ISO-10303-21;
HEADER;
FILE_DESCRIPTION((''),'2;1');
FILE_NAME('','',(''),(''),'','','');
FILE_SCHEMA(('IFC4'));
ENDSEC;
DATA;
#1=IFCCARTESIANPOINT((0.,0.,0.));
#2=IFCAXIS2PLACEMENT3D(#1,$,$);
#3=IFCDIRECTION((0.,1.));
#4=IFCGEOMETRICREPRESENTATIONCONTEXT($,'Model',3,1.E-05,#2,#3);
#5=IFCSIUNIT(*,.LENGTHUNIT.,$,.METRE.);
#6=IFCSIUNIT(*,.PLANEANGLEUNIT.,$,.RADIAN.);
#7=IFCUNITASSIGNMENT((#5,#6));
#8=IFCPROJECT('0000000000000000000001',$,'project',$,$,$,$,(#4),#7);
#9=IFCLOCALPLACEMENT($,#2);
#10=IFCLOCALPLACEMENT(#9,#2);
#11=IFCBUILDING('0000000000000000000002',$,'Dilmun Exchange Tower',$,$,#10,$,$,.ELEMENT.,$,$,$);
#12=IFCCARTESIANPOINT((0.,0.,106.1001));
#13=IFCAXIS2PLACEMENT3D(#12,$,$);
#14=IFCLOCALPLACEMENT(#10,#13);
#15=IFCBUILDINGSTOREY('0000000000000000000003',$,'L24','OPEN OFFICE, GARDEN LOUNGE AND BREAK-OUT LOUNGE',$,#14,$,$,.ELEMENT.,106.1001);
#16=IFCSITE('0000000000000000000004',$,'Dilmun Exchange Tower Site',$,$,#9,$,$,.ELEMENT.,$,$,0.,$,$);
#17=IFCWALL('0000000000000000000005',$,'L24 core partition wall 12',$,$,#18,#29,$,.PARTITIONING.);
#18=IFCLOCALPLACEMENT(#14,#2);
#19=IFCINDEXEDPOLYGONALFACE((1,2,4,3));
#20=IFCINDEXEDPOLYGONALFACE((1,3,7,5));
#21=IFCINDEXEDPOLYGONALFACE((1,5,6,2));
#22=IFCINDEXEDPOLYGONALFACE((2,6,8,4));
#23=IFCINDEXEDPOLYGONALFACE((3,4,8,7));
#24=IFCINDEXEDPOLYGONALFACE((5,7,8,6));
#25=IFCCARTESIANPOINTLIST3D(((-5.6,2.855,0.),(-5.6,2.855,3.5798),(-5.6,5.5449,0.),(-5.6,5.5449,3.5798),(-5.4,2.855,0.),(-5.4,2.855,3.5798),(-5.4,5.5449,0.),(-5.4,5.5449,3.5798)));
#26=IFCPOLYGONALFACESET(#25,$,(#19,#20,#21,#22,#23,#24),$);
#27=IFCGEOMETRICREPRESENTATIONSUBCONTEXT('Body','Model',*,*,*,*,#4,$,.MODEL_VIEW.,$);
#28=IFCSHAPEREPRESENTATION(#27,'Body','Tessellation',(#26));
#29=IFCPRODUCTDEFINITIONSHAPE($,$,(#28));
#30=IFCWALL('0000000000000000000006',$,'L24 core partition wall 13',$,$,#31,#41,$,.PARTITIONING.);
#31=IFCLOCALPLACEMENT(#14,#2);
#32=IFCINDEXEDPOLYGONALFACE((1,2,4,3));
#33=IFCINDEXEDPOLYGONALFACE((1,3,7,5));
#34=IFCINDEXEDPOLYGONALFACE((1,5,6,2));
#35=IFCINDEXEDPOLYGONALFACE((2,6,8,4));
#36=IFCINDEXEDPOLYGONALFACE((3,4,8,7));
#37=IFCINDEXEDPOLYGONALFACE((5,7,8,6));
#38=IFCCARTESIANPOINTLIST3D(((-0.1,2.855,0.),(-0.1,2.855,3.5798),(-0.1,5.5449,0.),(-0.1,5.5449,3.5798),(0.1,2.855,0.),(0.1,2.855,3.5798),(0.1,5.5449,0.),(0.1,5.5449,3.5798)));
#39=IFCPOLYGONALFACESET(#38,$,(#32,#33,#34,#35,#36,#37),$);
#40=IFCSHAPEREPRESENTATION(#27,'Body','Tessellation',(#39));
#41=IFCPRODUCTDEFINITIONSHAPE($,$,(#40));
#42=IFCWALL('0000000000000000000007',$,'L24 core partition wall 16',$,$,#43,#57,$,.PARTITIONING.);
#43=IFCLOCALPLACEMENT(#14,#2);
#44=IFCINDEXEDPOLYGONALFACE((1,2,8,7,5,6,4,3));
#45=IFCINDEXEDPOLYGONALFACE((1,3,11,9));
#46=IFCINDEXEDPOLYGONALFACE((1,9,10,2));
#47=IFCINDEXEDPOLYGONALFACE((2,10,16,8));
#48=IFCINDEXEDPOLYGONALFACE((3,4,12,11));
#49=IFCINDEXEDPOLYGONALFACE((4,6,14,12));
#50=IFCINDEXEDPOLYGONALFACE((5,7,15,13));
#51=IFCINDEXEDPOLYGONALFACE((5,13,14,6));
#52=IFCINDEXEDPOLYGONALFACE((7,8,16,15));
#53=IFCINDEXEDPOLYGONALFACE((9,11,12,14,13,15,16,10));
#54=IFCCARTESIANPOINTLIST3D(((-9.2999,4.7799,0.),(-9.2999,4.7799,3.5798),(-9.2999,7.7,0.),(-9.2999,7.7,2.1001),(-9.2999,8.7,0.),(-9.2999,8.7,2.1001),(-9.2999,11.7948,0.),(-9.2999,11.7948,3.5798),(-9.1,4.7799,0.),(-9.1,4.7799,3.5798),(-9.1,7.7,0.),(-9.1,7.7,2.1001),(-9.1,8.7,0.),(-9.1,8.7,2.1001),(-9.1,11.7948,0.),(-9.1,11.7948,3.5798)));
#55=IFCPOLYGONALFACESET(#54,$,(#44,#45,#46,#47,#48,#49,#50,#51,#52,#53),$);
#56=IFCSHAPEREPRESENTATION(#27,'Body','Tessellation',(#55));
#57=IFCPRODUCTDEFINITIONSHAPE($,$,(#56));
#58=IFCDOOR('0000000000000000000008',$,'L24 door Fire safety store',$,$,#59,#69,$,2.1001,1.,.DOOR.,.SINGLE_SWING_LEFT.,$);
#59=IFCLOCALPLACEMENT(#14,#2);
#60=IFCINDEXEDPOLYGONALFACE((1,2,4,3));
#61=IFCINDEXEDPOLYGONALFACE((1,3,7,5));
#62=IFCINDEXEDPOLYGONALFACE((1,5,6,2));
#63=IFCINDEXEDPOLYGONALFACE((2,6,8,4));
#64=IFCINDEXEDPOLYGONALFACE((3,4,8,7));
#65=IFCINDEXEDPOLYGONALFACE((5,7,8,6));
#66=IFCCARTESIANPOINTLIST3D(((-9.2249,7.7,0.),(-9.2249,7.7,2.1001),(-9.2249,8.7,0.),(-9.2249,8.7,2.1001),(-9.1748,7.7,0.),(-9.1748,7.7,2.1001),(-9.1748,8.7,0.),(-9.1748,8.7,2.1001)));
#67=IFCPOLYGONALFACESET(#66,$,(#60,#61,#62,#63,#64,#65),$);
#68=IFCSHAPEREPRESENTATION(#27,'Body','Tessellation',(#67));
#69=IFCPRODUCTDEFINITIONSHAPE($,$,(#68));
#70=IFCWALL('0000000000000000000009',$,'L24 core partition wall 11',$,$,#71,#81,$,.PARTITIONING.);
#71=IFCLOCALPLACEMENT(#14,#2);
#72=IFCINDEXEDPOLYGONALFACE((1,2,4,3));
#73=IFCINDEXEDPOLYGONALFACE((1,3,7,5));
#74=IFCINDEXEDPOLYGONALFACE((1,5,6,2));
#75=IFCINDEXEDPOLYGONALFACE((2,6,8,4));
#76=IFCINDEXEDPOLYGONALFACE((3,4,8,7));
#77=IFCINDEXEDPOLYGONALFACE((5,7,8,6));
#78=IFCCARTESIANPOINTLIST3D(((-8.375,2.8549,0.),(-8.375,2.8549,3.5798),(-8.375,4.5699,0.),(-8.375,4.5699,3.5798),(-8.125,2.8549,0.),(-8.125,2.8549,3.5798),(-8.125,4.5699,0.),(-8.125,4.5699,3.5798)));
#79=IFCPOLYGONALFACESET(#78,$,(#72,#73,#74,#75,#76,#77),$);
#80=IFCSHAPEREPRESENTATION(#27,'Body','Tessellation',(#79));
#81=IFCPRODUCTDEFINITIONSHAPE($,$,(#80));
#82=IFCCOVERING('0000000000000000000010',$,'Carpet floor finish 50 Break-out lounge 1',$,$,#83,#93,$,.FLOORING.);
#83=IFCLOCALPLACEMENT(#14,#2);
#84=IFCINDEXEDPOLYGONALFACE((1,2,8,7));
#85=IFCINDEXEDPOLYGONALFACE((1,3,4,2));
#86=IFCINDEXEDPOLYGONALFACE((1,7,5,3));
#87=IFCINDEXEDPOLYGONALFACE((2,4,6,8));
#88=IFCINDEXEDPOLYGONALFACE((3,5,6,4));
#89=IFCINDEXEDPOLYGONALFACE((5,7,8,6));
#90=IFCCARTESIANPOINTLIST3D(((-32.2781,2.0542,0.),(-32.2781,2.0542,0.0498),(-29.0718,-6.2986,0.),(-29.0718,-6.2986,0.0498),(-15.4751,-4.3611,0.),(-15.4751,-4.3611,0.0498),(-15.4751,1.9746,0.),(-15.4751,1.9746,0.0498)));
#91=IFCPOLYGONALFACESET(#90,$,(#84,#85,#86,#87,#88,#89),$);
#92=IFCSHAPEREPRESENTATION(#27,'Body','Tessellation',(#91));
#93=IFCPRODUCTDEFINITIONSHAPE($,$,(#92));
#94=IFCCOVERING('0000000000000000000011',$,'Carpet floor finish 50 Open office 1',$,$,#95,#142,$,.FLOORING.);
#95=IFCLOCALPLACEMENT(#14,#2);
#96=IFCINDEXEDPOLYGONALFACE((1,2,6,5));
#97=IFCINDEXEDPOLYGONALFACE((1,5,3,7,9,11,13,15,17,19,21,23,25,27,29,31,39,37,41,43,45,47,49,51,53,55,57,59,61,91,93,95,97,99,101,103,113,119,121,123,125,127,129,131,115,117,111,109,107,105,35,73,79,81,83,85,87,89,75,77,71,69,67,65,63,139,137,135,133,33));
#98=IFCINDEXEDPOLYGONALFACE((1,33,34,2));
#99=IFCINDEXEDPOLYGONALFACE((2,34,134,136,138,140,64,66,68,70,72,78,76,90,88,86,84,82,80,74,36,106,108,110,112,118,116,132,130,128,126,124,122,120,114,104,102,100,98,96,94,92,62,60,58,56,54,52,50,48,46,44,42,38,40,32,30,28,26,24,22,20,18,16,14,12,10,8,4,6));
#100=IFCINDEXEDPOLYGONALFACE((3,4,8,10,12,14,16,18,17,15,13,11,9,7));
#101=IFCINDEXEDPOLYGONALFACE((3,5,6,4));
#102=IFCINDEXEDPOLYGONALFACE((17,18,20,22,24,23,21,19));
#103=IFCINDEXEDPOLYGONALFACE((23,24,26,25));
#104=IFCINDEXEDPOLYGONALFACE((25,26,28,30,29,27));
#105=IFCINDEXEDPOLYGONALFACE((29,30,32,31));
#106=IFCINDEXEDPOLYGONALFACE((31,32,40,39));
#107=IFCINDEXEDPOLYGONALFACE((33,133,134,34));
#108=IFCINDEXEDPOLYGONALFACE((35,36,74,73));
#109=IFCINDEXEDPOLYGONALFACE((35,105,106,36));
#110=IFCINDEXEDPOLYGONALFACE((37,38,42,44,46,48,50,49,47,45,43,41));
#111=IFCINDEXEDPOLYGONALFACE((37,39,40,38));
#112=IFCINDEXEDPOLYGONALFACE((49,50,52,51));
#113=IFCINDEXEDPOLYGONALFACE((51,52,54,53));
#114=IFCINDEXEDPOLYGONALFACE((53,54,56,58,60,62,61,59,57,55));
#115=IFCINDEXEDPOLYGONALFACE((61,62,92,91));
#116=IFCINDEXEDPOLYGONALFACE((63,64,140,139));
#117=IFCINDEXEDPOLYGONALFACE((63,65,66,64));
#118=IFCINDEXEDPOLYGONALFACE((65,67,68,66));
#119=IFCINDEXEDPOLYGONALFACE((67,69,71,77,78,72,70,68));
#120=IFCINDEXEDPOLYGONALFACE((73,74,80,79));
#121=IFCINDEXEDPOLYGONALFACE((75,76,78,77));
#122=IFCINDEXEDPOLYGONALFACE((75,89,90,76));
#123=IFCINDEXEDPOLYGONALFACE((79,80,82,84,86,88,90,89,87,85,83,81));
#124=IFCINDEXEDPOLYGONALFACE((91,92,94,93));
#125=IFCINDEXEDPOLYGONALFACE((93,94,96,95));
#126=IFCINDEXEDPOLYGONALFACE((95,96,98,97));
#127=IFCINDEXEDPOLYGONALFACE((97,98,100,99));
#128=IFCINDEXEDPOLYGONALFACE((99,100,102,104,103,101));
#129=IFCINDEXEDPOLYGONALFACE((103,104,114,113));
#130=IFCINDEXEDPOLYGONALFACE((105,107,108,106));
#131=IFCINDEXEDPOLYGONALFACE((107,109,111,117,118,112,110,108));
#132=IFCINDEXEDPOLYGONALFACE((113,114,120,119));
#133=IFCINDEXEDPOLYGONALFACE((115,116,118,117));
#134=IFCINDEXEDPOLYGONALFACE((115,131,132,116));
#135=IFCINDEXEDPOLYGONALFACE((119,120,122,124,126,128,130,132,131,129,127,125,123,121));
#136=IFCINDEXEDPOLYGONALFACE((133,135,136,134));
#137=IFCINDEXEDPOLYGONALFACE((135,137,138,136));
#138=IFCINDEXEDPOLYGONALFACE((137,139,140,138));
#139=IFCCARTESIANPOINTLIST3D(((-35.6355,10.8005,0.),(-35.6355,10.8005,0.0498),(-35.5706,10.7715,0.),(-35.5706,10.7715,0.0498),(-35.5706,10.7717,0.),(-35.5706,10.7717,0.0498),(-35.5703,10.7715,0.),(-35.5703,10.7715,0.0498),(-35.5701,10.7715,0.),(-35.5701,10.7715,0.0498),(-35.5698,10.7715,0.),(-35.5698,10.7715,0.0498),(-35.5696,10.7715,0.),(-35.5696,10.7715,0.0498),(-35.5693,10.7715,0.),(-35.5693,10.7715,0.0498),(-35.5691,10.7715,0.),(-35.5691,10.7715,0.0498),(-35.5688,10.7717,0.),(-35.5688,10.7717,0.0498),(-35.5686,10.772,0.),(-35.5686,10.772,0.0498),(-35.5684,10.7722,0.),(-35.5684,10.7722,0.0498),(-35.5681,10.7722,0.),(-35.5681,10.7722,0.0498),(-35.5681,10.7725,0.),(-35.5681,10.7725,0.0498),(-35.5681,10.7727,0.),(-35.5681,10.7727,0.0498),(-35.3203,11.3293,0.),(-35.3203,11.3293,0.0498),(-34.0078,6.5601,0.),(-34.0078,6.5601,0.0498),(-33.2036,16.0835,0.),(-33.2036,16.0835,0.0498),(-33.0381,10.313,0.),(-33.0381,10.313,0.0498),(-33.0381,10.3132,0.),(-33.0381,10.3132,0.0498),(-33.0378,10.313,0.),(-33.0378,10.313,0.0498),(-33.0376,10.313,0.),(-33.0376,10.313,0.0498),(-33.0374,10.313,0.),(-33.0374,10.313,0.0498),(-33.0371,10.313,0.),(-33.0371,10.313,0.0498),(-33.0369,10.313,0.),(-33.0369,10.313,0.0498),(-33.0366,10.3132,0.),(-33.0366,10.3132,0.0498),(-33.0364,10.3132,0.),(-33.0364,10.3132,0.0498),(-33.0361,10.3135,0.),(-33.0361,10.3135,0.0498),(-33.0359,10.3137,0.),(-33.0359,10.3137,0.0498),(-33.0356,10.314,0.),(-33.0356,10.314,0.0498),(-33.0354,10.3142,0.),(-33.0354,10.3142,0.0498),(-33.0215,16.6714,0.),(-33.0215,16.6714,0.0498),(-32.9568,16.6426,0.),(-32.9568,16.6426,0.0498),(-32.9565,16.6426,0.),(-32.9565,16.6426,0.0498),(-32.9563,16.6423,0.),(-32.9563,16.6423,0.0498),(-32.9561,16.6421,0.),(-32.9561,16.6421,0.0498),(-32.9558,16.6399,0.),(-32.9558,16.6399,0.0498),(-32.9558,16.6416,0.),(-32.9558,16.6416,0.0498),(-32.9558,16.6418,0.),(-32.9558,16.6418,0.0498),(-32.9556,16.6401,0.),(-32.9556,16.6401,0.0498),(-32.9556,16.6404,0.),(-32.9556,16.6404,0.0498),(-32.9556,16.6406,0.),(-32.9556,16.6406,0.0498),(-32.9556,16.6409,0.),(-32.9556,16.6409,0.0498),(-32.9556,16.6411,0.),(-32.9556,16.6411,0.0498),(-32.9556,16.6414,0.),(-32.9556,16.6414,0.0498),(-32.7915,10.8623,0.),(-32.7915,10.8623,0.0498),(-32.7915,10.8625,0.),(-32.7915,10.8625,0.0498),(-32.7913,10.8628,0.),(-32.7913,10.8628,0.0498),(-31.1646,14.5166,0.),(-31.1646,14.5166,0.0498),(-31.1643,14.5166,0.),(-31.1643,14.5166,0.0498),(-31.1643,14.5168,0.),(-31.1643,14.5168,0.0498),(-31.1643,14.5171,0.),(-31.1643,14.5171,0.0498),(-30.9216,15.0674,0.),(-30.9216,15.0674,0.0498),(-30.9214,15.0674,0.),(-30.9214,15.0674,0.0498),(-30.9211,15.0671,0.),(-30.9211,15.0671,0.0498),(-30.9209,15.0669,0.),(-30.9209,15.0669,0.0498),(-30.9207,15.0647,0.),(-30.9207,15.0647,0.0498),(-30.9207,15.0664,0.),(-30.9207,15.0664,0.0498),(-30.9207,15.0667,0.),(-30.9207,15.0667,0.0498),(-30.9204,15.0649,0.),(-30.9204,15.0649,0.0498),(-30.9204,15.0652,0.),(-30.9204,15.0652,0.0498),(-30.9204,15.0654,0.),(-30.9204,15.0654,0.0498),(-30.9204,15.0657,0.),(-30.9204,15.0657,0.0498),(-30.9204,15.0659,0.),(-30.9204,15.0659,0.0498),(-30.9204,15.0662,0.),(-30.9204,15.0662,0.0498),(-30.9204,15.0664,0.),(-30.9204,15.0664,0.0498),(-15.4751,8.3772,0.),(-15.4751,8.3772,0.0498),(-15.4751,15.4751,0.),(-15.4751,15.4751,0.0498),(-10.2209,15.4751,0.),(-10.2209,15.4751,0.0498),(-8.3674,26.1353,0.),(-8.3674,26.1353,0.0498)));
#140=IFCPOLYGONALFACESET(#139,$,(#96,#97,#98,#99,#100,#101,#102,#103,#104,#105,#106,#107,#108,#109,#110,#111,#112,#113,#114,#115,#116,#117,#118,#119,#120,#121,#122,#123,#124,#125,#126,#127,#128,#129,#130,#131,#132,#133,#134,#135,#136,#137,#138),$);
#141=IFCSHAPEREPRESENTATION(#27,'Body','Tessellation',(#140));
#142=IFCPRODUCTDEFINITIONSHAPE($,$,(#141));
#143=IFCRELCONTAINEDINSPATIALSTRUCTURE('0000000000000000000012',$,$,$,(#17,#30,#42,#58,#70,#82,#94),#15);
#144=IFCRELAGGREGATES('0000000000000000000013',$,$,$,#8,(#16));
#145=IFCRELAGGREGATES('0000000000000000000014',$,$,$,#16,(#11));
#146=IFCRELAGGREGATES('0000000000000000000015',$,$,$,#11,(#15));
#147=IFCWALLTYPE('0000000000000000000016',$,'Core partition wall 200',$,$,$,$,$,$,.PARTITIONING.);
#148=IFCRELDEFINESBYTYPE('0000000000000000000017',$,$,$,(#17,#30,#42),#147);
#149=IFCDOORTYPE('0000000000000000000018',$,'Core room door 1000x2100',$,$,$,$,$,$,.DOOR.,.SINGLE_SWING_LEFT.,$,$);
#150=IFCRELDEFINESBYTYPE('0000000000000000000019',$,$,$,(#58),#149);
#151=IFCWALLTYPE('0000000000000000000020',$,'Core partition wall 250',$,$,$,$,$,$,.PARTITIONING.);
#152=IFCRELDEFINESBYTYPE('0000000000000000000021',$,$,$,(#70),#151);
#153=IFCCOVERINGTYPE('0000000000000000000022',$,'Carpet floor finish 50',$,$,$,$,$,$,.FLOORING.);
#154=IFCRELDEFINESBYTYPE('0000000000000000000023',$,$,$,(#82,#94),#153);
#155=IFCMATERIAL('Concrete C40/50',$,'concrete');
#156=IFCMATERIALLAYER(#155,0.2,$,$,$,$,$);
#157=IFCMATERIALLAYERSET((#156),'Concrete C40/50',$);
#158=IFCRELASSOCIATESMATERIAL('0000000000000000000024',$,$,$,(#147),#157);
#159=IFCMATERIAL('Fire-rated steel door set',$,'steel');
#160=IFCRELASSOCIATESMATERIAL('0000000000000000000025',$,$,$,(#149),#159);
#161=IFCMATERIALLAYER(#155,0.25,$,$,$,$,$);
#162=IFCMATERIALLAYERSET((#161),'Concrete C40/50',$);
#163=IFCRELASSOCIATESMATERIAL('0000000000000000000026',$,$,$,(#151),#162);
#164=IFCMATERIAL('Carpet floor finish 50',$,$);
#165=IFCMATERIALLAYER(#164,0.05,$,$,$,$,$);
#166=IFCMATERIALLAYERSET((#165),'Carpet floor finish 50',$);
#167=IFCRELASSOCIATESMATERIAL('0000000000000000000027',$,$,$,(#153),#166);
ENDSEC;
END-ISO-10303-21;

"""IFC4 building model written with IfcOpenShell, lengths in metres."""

from ifc_helpers import new_model, si_unit, direction, frame, frame_2d, origin, place, context, subcontext, project, spatial, polyline, rectangle, outline, extrude, material, layer, layer_set, type_object, element, fill, save


model = new_model("IFC4")

# Units and contexts
model_context = context("Model", 3, precision=1e-05, world=origin(), true_north=direction((0.0, 1.0)))
body_context = subcontext(model_context, "Body", "Model", "MODEL_VIEW")
ifc_project = project(units=[si_unit("LENGTHUNIT", "METRE"), si_unit("PLANEANGLEUNIT", "RADIAN")], contexts=[model_context])

# Site, building, storey
site_placement = place(None, origin())
site = spatial("IfcSite", under=ifc_project, at=site_placement, Name="Dilmun Exchange Tower Site", CompositionType="ELEMENT", RefElevation=0.0)
building_placement = place(site_placement, origin())
building = spatial("IfcBuilding", under=site, at=building_placement, Name="Dilmun Exchange Tower", CompositionType="ELEMENT")
storey_placement = place(building_placement, frame((0.0, 0.0, 106.1001)))
storey = spatial("IfcBuildingStorey", under=building, at=storey_placement, Name="L24", Description="OPEN OFFICE, GARDEN LOUNGE AND BREAK-OUT LOUNGE", CompositionType="ELEMENT", Elevation=106.1001)

# Walls
ifc_material_1 = material(Name="Concrete C40/50", Category="concrete")
ifc_layer_1 = layer(ifc_material_1, 0.2)
ifc_layer_set_1 = layer_set([ifc_layer_1], Name="Concrete C40/50")
wall_type_1 = type_object("IfcWallType", Name="Core partition wall 200", PredefinedType="PARTITIONING", material=ifc_layer_set_1)
for number, where, z_axis, x_axis, name in (
    (1, (-5.5, 2.855, 0.0), (0.0, 0.0, 1.0), (0.0, 1.0, 0.0), "L24 core partition wall 12"),
    (2, (0.0, 2.855, 0.0), (0.0, 0.0, 1.0), (0.0, 1.0, 0.0), "L24 core partition wall 13"),
):
    element("IfcWall", number, at=place(storey_placement, frame(where, z_axis=z_axis, x_axis=x_axis)), inside=storey, type_object=wall_type_1, Name=name, PredefinedType="PARTITIONING", context=body_context, shape_type="SweptSolid", body=[
        extrude(rectangle(XDim=2.6899, YDim=0.2, at=frame_2d((1.345, 0.0))), origin(), (0.0, 0.0, 1.0), 3.5798),
    ])

# Wall, opening, door
wall_1_placement = place(storey_placement, frame((-9.2, 4.78, 0.0), z_axis=(0.0, 0.0, 1.0), x_axis=(0.0, 1.0, 0.0)))
wall_1 = element("IfcWall", 3, at=wall_1_placement, inside=storey, type_object=wall_type_1, Name="L24 core partition wall 16", PredefinedType="PARTITIONING", context=body_context, shape_type="SweptSolid", body=[
    extrude(rectangle(XDim=7.0149, YDim=0.2, at=frame_2d((3.5073, 0.0))), origin(), (0.0, 0.0, 1.0), 3.5798),
])
opening_placement = place(wall_1_placement, frame((2.9199, 0.0, 0.0)))
opening = element("IfcOpeningElement", 4, at=opening_placement, cuts=wall_1, PredefinedType="OPENING", context=body_context, shape_type="SweptSolid", body=[
    extrude(rectangle(XDim=1.0, YDim=2.1001, at=frame_2d((0.5, 1.05))), frame((0.0, 0.1099, 0.0), z_axis=(0.0, -1.0, 0.0), x_axis=(1.0, 0.0, 0.0)), (0.0, 0.0, 1.0), 0.22),
])
ifc_material_2 = material(Name="Fire-rated steel door set", Category="steel")
door_type = type_object("IfcDoorType", Name="Core room door 1000x2100", OperationType="SINGLE_SWING_LEFT", PredefinedType="DOOR", material=ifc_material_2)
door_placement = place(opening_placement, origin())
door = element("IfcDoor", 5, at=door_placement, inside=storey, type_object=door_type, Name="L24 door Fire safety store", OperationType="SINGLE_SWING_LEFT", OverallHeight=2.1001, OverallWidth=1.0, PredefinedType="DOOR", context=body_context, shape_type="SweptSolid", body=[
    extrude(rectangle(XDim=1.0, YDim=2.1001, at=frame_2d((0.5, 1.05))), frame((0.0, 0.0249, 0.0), z_axis=(0.0, -1.0, 0.0), x_axis=(1.0, 0.0, 0.0)), (0.0, 0.0, 1.0), 0.05),
])
fill(opening, door)

# Wall
ifc_layer_2 = layer(ifc_material_1, 0.25)
ifc_layer_set_2 = layer_set([ifc_layer_2], Name="Concrete C40/50")
wall_type_2 = type_object("IfcWallType", Name="Core partition wall 250", PredefinedType="PARTITIONING", material=ifc_layer_set_2)
wall_2_placement = place(storey_placement, frame((-8.25, 2.855, 0.0), z_axis=(0.0, 0.0, 1.0), x_axis=(0.0, 1.0, 0.0)))
element("IfcWall", 6, at=wall_2_placement, inside=storey, type_object=wall_type_2, Name="L24 core partition wall 11", PredefinedType="PARTITIONING", context=body_context, shape_type="SweptSolid", body=[
    extrude(rectangle(XDim=1.7151, YDim=0.25, at=frame_2d((0.8574, 0.0))), origin(), (0.0, 0.0, 1.0), 3.5798),
])

# Coverings
ifc_material_3 = material(Name="Carpet floor finish 50")
ifc_layer_3 = layer(ifc_material_3, 0.05)
ifc_layer_set_3 = layer_set([ifc_layer_3], Name="Carpet floor finish 50")
covering_type_1 = type_object("IfcCoveringType", Name="Carpet floor finish 50", PredefinedType="FLOORING", material=ifc_layer_set_3)
covering_1_placement = place(storey_placement, origin())
element("IfcCovering", 7, at=covering_1_placement, inside=storey, type_object=covering_type_1, Name="Carpet floor finish 50 Break-out lounge 1", PredefinedType="FLOORING", context=body_context, shape_type="SweptSolid", body=[
    extrude(outline(polyline([(-15.4751, 1.9746), (-15.4751, -4.3611), (-29.0718, -6.2986), (-32.2781, 2.0542), (-15.4751, 1.9746)])), origin(), (0.0, 0.0, 1.0), 0.0498),
])
covering_2_placement = place(storey_placement, origin())
element("IfcCovering", 8, at=covering_2_placement, inside=storey, type_object=covering_type_1, Name="Carpet floor finish 50 Open office 1", PredefinedType="FLOORING", context=body_context, shape_type="SweptSolid", body=[
    extrude(outline(polyline([(-10.2209, 15.4751), (-15.4751, 15.4751), (-15.4751, 8.3772), (-34.0078, 6.5601), (-35.6355, 10.8005), (-35.5706, 10.7717), (-35.5706, 10.7715), (-35.5703, 10.7715), (-35.5701, 10.7715), (-35.5698, 10.7715), (-35.5696, 10.7715), (-35.5696, 10.7715), (-35.5693, 10.7715), (-35.5691, 10.7715), (-35.5688, 10.7717), (-35.5688, 10.7717), (-35.5686, 10.772), (-35.5686, 10.772), (-35.5684, 10.7722), (-35.5681, 10.7722), (-35.5681, 10.7725), (-35.5681, 10.7727), (-35.3203, 11.3293), (-33.0381, 10.3132), (-33.0381, 10.313), (-33.0378, 10.313), (-33.0376, 10.313), (-33.0374, 10.313), (-33.0371, 10.313), (-33.0371, 10.313), (-33.0369, 10.313), (-33.0366, 10.3132), (-33.0364, 10.3132), (-33.0364, 10.3132), (-33.0361, 10.3135), (-33.0359, 10.3137), (-33.0359, 10.3137), (-33.0356, 10.314), (-33.0356, 10.314), (-33.0354, 10.3142), (-32.7915, 10.8623), (-32.7915, 10.8625), (-32.7913, 10.8628), (-32.7913, 10.8628), (-31.1646, 14.5166), (-31.1643, 14.5166), (-31.1643, 14.5168), (-31.1643, 14.5171), (-31.1643, 14.5171), (-30.9207, 15.0647), (-30.9204, 15.0649), (-30.9204, 15.0652), (-30.9204, 15.0652), (-30.9204, 15.0654), (-30.9204, 15.0657), (-30.9204, 15.0659), (-30.9204, 15.0662), (-30.9204, 15.0664), (-30.9207, 15.0664), (-30.9207, 15.0667), (-30.9209, 15.0669), (-30.9209, 15.0669), (-30.9211, 15.0671), (-30.9211, 15.0671), (-30.9214, 15.0674), (-30.9216, 15.0674), (-33.2036, 16.0835), (-32.9558, 16.6399), (-32.9556, 16.6401), (-32.9556, 16.6404), (-32.9556, 16.6404), (-32.9556, 16.6406), (-32.9556, 16.6409), (-32.9556, 16.6411), (-32.9556, 16.6414), (-32.9558, 16.6416), (-32.9558, 16.6416), (-32.9558, 16.6418), (-32.9561, 16.6421), (-32.9561, 16.6421), (-32.9563, 16.6423), (-32.9563, 16.6423), (-32.9565, 16.6426), (-32.9568, 16.6426), (-33.0215, 16.6714), (-8.3674, 26.1353), (-10.2209, 15.4751)])), origin(), (0.0, 0.0, 1.0), 0.0498),
])

save(model, "model.ifc")
